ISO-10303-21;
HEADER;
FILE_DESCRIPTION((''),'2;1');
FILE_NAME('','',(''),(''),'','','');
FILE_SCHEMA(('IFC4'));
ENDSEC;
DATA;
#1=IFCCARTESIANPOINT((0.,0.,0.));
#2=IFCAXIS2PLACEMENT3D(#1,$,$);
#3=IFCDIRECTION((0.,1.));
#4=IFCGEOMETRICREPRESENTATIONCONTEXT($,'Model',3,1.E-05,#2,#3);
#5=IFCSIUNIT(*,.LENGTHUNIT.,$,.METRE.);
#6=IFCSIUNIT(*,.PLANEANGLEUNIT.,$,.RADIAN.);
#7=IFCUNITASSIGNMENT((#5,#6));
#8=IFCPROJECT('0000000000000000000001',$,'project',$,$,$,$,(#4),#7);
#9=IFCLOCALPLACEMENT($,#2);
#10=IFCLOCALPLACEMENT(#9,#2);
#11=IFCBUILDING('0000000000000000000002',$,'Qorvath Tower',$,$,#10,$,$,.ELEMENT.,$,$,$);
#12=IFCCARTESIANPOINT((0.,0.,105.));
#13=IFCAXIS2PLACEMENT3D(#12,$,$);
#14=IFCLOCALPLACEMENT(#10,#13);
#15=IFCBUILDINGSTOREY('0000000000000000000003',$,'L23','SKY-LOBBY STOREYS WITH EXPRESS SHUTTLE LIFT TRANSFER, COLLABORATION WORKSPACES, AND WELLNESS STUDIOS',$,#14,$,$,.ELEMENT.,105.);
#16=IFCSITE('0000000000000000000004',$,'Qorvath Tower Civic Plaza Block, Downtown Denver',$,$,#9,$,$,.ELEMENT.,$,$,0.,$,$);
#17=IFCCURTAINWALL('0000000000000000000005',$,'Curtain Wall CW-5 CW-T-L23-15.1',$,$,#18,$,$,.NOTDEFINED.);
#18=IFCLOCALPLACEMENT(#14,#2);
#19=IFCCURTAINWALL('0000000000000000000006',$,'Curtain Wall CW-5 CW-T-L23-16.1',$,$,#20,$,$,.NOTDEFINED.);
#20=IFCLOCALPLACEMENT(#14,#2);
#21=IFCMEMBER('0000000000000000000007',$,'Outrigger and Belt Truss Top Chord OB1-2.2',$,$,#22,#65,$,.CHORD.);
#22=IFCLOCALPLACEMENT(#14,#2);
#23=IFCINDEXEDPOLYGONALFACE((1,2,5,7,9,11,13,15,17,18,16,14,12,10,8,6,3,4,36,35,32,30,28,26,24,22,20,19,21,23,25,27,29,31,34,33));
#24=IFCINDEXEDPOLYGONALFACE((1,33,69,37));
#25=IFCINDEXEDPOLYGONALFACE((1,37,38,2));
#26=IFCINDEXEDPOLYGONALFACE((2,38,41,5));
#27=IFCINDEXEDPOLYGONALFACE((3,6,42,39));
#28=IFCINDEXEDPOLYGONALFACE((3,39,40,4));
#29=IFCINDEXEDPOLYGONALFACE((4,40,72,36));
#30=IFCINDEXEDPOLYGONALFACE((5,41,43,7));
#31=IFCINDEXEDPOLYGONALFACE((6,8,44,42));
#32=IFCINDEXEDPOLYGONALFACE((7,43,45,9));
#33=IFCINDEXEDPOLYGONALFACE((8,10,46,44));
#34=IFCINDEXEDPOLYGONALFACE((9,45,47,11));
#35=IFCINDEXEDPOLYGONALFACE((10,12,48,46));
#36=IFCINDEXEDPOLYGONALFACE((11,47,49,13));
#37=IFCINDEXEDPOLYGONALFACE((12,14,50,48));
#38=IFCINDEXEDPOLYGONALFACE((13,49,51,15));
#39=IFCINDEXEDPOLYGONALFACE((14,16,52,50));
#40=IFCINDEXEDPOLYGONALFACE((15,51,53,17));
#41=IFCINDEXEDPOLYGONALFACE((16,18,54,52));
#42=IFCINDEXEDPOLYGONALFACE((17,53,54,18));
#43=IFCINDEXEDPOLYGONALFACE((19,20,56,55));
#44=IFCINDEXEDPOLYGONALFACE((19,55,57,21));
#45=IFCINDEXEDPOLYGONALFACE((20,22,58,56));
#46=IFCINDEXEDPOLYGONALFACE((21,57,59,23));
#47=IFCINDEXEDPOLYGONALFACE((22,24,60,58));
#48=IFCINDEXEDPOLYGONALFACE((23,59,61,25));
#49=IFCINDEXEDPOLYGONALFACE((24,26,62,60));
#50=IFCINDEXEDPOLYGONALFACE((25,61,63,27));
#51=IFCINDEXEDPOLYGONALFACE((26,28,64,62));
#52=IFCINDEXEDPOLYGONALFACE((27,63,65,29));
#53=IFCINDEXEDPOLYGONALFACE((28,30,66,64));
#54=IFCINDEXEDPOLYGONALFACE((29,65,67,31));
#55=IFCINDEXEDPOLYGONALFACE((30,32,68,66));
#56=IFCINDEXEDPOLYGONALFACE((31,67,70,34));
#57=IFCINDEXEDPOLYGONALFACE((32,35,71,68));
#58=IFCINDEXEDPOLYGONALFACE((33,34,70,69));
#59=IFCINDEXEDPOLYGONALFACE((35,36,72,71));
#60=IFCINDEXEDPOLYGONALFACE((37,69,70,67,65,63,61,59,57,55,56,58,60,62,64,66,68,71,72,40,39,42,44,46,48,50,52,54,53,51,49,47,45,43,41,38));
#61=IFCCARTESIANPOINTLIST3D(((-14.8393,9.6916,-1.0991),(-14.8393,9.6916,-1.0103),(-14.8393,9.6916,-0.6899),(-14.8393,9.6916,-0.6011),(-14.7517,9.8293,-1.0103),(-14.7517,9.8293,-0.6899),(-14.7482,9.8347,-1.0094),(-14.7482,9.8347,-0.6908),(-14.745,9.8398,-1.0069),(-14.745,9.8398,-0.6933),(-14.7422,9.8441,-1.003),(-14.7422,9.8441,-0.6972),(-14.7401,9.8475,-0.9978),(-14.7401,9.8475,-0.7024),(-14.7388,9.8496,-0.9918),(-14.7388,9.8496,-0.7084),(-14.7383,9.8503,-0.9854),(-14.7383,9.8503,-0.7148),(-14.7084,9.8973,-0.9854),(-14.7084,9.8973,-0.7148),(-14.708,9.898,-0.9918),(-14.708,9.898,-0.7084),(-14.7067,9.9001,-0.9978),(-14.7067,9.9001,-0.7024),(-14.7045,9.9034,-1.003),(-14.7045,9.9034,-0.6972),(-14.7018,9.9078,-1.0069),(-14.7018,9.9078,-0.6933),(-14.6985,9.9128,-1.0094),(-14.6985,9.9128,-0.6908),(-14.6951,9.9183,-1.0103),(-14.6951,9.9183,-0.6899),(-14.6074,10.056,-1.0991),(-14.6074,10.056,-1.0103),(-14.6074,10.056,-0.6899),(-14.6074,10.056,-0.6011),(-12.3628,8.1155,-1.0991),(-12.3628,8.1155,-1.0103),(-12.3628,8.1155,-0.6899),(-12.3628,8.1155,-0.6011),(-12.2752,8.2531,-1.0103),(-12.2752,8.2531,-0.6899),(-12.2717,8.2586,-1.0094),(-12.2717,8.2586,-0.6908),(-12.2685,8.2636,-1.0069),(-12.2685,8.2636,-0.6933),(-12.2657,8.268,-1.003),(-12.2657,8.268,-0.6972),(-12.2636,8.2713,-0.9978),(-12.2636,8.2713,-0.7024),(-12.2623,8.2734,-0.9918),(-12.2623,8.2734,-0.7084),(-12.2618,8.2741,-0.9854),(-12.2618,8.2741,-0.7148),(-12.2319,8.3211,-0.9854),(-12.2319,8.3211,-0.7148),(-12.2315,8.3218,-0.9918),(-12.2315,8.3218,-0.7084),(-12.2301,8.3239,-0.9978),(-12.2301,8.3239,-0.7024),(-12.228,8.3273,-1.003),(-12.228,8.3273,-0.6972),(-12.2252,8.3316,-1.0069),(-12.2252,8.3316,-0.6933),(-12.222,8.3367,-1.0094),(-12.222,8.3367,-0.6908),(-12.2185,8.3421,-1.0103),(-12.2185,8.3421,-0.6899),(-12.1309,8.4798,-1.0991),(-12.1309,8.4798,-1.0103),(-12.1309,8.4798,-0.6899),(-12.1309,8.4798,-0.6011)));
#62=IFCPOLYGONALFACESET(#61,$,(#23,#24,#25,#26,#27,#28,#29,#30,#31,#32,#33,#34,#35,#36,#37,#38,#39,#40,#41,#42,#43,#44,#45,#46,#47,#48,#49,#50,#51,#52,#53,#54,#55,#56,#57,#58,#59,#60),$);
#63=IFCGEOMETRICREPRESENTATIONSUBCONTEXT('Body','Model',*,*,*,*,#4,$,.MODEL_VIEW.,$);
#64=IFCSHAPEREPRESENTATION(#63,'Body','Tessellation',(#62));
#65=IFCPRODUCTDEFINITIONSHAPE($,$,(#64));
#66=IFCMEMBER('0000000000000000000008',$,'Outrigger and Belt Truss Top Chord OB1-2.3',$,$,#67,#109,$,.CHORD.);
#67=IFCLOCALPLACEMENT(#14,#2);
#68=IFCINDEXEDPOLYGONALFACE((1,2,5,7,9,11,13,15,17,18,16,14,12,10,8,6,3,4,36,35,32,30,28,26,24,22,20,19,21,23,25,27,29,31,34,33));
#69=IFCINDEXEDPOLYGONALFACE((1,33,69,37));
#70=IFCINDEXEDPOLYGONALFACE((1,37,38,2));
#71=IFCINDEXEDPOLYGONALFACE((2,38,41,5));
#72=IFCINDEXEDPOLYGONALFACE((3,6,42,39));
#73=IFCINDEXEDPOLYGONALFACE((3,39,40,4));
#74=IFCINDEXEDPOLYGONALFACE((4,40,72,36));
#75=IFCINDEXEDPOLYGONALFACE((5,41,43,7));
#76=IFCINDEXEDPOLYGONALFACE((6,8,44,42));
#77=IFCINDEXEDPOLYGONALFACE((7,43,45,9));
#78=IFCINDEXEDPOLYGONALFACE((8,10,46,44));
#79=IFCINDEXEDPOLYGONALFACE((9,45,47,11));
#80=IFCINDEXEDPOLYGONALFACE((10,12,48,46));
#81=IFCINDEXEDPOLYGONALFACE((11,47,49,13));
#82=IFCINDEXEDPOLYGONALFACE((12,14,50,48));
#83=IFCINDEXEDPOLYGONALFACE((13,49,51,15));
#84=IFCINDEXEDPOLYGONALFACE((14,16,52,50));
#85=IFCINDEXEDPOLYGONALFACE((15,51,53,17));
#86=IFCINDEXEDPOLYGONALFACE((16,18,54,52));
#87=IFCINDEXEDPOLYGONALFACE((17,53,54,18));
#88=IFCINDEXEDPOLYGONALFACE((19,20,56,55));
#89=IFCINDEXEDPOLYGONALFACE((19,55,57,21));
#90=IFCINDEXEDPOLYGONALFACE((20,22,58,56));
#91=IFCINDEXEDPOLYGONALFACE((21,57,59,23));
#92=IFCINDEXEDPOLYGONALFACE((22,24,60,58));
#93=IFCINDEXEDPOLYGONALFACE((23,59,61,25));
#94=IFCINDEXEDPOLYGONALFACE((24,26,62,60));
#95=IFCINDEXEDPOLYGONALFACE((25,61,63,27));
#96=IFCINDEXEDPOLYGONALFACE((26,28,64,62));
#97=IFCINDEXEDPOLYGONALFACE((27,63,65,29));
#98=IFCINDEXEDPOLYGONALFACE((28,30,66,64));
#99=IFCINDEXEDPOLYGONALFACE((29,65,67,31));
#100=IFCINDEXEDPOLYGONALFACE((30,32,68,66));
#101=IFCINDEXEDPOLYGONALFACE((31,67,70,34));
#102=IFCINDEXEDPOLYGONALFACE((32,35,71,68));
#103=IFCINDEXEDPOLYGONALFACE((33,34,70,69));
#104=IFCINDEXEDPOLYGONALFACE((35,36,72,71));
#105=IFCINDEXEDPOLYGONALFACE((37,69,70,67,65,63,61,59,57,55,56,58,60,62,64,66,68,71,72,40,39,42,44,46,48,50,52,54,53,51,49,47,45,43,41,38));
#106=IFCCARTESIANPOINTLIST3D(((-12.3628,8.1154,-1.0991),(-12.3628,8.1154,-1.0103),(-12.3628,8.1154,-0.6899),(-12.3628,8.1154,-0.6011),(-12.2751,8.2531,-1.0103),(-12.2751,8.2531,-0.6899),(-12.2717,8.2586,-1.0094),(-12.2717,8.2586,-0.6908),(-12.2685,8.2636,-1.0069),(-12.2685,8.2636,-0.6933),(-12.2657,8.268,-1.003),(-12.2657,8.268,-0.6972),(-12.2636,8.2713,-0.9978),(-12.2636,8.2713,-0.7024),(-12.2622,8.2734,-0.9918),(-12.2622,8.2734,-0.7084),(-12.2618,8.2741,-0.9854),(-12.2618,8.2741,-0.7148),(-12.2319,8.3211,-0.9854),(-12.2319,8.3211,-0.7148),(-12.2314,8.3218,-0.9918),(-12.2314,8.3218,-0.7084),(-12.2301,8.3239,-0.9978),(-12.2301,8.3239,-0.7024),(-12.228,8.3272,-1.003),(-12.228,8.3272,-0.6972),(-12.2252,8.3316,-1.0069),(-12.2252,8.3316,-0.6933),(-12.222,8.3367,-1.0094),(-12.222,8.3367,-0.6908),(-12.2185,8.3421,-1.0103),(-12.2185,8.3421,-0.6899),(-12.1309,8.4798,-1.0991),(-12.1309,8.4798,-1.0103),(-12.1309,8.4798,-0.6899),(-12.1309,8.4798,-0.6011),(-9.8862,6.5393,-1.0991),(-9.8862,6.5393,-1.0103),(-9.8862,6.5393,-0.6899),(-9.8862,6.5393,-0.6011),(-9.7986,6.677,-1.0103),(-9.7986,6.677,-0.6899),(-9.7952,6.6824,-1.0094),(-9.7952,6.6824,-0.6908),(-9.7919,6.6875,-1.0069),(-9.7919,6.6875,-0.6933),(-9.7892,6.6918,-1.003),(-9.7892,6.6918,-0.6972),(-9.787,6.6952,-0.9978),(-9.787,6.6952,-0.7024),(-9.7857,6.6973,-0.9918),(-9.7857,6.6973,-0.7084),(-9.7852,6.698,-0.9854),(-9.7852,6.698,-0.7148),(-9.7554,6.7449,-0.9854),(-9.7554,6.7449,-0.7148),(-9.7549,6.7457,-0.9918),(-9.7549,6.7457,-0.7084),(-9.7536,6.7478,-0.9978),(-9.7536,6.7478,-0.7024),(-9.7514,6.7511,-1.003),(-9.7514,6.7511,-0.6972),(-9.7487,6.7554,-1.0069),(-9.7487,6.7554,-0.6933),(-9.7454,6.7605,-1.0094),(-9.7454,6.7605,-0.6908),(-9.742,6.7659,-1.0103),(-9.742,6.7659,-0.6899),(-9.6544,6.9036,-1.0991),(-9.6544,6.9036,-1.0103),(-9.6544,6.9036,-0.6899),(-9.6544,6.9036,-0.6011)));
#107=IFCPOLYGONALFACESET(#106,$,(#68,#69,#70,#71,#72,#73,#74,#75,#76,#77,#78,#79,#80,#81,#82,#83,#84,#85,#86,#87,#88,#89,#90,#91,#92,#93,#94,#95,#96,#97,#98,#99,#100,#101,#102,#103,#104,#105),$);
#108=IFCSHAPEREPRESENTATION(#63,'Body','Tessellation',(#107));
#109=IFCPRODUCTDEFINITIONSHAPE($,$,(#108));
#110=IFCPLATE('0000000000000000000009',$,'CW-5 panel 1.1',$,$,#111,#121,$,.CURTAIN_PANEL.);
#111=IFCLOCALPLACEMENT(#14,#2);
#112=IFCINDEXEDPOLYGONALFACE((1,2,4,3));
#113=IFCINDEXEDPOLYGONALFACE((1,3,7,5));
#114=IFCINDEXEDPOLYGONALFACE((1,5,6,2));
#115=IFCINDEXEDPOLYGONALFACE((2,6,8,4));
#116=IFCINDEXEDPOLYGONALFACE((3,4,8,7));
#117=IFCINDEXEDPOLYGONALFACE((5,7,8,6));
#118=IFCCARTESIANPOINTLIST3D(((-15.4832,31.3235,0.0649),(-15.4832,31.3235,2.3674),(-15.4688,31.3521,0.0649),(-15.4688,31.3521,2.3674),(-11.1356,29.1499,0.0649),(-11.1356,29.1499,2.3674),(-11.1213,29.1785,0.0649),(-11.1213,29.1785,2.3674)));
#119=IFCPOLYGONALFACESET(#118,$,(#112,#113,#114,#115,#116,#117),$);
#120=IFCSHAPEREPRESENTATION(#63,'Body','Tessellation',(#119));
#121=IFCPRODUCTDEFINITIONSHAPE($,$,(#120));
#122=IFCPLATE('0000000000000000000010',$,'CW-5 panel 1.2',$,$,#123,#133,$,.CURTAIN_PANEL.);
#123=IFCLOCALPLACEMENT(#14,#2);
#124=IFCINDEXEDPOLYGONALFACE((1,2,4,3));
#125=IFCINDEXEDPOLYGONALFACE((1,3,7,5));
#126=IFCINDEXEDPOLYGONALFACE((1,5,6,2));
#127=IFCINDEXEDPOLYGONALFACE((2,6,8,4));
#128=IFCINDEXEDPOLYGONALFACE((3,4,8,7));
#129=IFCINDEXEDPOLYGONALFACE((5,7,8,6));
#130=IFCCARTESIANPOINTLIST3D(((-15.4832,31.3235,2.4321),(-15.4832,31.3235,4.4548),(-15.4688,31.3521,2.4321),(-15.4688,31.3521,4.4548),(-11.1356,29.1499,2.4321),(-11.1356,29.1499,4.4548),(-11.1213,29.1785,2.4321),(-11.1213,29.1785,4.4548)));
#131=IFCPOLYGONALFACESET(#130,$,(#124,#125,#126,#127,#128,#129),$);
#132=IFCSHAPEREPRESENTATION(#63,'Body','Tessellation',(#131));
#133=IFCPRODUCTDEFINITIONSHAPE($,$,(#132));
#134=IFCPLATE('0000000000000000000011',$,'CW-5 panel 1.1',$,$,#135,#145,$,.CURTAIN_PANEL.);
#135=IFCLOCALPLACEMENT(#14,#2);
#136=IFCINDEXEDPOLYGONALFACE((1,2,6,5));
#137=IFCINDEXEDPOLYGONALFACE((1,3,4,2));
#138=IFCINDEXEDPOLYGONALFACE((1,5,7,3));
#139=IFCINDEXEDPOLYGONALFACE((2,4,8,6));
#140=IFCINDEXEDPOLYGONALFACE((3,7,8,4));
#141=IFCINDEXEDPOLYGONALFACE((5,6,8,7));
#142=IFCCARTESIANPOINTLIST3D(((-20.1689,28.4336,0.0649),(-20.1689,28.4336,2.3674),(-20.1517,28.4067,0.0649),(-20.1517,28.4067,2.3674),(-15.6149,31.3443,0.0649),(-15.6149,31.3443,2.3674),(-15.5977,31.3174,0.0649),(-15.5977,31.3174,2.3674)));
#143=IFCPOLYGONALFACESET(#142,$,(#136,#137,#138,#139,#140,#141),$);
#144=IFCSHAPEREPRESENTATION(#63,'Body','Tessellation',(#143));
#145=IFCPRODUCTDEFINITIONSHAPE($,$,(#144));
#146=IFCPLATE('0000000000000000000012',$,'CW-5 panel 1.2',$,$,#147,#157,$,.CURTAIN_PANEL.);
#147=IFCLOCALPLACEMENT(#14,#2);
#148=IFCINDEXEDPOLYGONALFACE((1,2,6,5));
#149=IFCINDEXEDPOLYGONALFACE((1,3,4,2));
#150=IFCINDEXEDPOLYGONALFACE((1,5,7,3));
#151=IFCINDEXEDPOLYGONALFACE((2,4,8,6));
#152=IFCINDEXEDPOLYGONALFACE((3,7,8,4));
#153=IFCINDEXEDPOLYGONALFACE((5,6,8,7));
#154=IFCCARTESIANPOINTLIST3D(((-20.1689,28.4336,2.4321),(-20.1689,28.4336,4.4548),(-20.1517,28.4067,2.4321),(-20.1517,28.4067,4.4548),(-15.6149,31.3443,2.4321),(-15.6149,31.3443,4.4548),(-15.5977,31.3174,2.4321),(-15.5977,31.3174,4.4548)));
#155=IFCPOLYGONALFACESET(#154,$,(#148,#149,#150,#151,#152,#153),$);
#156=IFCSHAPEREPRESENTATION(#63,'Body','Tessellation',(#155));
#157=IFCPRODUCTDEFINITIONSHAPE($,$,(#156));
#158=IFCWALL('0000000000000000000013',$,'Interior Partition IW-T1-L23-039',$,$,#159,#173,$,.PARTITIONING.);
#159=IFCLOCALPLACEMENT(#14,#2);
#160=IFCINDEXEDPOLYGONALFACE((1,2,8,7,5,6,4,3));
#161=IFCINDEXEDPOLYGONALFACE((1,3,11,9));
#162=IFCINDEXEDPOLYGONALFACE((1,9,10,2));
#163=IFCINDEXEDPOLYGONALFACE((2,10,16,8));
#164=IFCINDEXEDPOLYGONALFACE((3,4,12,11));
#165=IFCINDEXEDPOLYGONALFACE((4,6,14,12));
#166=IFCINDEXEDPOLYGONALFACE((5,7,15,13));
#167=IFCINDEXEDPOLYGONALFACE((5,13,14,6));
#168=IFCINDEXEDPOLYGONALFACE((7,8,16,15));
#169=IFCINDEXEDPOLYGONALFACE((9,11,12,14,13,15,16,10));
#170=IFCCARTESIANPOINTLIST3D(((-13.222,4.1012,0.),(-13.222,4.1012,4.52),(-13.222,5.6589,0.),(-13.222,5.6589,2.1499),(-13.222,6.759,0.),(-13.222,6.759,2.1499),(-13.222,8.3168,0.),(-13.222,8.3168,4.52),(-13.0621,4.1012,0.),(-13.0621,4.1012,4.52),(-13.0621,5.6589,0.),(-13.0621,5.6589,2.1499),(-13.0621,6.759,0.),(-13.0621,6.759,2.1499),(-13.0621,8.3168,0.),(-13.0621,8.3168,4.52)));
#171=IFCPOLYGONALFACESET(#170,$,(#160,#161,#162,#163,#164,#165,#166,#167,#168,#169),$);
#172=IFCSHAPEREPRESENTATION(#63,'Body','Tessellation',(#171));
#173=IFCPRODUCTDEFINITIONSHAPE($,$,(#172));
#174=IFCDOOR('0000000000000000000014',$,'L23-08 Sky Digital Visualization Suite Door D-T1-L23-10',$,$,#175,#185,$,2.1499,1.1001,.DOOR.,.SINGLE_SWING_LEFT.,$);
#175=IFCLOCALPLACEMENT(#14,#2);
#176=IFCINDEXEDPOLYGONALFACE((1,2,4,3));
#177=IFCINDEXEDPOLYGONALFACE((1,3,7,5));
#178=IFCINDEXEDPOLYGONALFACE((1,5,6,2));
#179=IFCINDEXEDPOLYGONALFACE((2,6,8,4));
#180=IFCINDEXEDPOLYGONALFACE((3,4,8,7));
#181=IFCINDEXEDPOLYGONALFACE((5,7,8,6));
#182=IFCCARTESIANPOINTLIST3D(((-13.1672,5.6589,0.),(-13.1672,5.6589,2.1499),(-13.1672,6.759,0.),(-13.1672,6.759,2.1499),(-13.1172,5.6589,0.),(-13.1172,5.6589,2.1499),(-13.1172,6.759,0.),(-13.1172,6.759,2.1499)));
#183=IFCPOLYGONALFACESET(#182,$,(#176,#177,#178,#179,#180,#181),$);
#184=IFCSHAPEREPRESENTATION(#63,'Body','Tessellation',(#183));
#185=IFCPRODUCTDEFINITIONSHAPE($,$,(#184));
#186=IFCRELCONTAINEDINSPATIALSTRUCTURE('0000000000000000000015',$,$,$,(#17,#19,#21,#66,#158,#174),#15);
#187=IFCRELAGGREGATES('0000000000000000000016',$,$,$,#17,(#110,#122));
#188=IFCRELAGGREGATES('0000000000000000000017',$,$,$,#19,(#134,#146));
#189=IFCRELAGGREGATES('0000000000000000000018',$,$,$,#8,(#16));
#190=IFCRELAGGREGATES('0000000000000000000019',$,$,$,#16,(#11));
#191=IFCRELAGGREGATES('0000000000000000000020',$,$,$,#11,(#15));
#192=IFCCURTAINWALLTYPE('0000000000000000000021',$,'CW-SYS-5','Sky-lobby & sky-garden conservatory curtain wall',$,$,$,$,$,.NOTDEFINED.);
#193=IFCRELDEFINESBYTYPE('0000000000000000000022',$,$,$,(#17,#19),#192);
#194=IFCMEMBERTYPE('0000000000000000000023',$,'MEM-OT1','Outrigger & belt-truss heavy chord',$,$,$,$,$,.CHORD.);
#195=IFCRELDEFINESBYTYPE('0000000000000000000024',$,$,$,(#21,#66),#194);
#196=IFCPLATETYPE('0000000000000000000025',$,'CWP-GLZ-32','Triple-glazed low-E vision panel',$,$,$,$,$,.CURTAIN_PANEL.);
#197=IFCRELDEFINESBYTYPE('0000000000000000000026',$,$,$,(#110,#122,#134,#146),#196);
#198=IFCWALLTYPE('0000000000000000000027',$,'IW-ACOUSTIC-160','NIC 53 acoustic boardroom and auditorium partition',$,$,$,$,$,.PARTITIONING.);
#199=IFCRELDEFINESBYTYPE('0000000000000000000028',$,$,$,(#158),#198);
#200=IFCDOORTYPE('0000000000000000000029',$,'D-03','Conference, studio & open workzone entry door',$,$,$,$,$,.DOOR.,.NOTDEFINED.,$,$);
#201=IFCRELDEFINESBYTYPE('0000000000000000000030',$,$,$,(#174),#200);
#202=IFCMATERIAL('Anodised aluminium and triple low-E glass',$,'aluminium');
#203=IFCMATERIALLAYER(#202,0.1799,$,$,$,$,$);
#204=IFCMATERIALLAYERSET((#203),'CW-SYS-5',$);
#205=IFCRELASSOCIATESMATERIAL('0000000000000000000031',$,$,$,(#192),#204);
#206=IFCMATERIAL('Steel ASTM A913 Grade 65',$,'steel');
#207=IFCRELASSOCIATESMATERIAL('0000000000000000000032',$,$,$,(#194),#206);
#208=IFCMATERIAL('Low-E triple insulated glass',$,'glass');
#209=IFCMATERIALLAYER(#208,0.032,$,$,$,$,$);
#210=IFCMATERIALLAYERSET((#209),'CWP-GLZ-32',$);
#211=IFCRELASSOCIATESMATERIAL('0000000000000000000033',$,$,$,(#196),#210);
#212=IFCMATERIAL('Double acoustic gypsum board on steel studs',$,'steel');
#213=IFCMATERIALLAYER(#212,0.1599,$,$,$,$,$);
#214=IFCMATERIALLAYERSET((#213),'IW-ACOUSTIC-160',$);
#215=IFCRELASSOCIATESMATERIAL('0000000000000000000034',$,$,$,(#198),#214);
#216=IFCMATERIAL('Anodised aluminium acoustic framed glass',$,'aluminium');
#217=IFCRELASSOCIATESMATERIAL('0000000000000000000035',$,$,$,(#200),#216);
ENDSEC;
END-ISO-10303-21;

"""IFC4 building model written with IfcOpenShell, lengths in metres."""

from ifc_helpers import new_model, si_unit, direction, frame, frame_2d, origin, origin_2d, place, context, subcontext, project, spatial, rectangle, i_section, extrude, material, layer, layer_set, material_profile, profile_set, type_object, element, fill, aggregate, save


model = new_model("IFC4")

# Units and contexts
model_context = context("Model", 3, precision=1e-05, world=origin(), true_north=direction((0.0, 1.0)))
body_context = subcontext(model_context, "Body", "Model", "MODEL_VIEW")
ifc_project = project(units=[si_unit("LENGTHUNIT", "METRE"), si_unit("PLANEANGLEUNIT", "RADIAN")], contexts=[model_context])

# Site, building, storey
site_placement = place(None, origin())
site = spatial("IfcSite", under=ifc_project, at=site_placement, Name="Qorvath Tower Civic Plaza Block, Downtown Denver", CompositionType="ELEMENT", RefElevation=0.0)
building_placement = place(site_placement, origin())
building = spatial("IfcBuilding", under=site, at=building_placement, Name="Qorvath Tower", CompositionType="ELEMENT")
storey_placement = place(building_placement, frame((0.0, 0.0, 105.0)))
storey = spatial("IfcBuildingStorey", under=building, at=storey_placement, Name="L23", Description="SKY-LOBBY STOREYS WITH EXPRESS SHUTTLE LIFT TRANSFER, COLLABORATION WORKSPACES, AND WELLNESS STUDIOS", CompositionType="ELEMENT", Elevation=105.0)

# Curtain wall
ifc_material_1 = material(Name="Anodised aluminium and triple low-E glass", Category="aluminium")
ifc_layer_1 = layer(ifc_material_1, 0.1799)
ifc_layer_set_1 = layer_set([ifc_layer_1], Name="CW-SYS-5")
curtain_wall_type = type_object("IfcCurtainWallType", Name="CW-SYS-5", Description="Sky-lobby & sky-garden conservatory curtain wall", PredefinedType="NOTDEFINED", material=ifc_layer_set_1)
curtain_wall_1_placement = place(storey_placement, origin())
curtain_wall_1 = element("IfcCurtainWall", 1, at=curtain_wall_1_placement, inside=storey, type_object=curtain_wall_type, Name="Curtain Wall CW-5 CW-T-L23-15.1", PredefinedType="NOTDEFINED")

# Curtain wall
curtain_wall_2_placement = place(storey_placement, origin())
curtain_wall_2 = element("IfcCurtainWall", 2, at=curtain_wall_2_placement, inside=storey, type_object=curtain_wall_type, Name="Curtain Wall CW-5 CW-T-L23-16.1", PredefinedType="NOTDEFINED")

# Members
ifc_material_2 = material(Name="Steel ASTM A913 Grade 65", Category="steel")
ifc_material_profile_1 = material_profile(ifc_material_2, i_section(OverallWidth=0.4319, OverallDepth=0.498, WebThickness=0.0557, FlangeThickness=0.0889, FilletRadius=0.0249, at=origin_2d()), Name="W14x500")
ifc_profile_set_1 = profile_set([ifc_material_profile_1], Name="Steel ASTM A913 Grade 65")
member_type_1 = type_object("IfcMemberType", Name="MEM-OT1", Description="Outrigger & belt-truss heavy chord", PredefinedType="CHORD", material=ifc_profile_set_1)
for number, where, z_axis, x_axis, name in (
    (3, (-14.7234, 9.8738, -0.8501), (0.843634, -0.536919, 0.0), (0.536919, 0.843634, 0.0), "Outrigger and Belt Truss Top Chord OB1-2.2"),
    (4, (-12.2468, 8.2976, -0.8501), (0.843634, -0.536919, 0.0), (0.536919, 0.843634, 0.0), "Outrigger and Belt Truss Top Chord OB1-2.3"),
):
    element("IfcMember", number, at=place(storey_placement, frame(where, z_axis=z_axis, x_axis=x_axis)), inside=storey, type_object=member_type_1, Name=name, PredefinedType="CHORD", context=body_context, shape_type="SweptSolid", body=[
        extrude(i_section(OverallWidth=0.4319, OverallDepth=0.498, WebThickness=0.0557, FlangeThickness=0.0889, FilletRadius=0.0249, at=origin_2d()), origin(), (0.0, 0.0, 1.0), 2.9355),
    ])

# Plates
ifc_material_3 = material(Name="Low-E triple insulated glass", Category="glass")
ifc_layer_2 = layer(ifc_material_3, 0.032)
ifc_layer_set_2 = layer_set([ifc_layer_2], Name="CWP-GLZ-32")
plate_type = type_object("IfcPlateType", Name="CWP-GLZ-32", Description="Triple-glazed low-E vision panel", PredefinedType="CURTAIN_PANEL", material=ifc_layer_set_2)
plate_1_placement = place(storey_placement, frame((-13.3022, 30.251, 0.0649), z_axis=(0.0, 0.0, 1.0), x_axis=(-0.894439, 0.44719, 0.0)))
plate_1 = element("IfcPlate", 5, at=plate_1_placement, type_object=plate_type, Name="CW-5 panel 1.1", PredefinedType="CURTAIN_PANEL", context=body_context, shape_type="SweptSolid", body=[
    extrude(rectangle(XDim=4.8606, YDim=0.032, at=origin_2d()), origin(), (0.0, 0.0, 1.0), 2.3025),
])
plate_2_placement = place(storey_placement, frame((-13.3022, 30.251, 2.4321), z_axis=(0.0, 0.0, 1.0), x_axis=(-0.894439, 0.44719, 0.0)))
plate_2 = element("IfcPlate", 6, at=plate_2_placement, type_object=plate_type, Name="CW-5 panel 1.2", PredefinedType="CURTAIN_PANEL", context=body_context, shape_type="SweptSolid", body=[
    extrude(rectangle(XDim=4.8606, YDim=0.032, at=origin_2d()), origin(), (0.0, 0.0, 1.0), 2.0227),
])
aggregate(curtain_wall_1, [plate_1, plate_2])
plate_3_placement = place(storey_placement, frame((-17.8833, 29.8755, 0.0649), z_axis=(0.0, 0.0, 1.0), x_axis=(-0.8426, -0.53854, 0.0)))
plate_3 = element("IfcPlate", 7, at=plate_3_placement, type_object=plate_type, Name="CW-5 panel 1.1", PredefinedType="CURTAIN_PANEL", context=body_context, shape_type="SweptSolid", body=[
    extrude(rectangle(XDim=5.4048, YDim=0.032, at=origin_2d()), origin(), (0.0, 0.0, 1.0), 2.3025),
])
plate_4_placement = place(storey_placement, frame((-17.8833, 29.8755, 2.4321), z_axis=(0.0, 0.0, 1.0), x_axis=(-0.8426, -0.53854, 0.0)))
plate_4 = element("IfcPlate", 8, at=plate_4_placement, type_object=plate_type, Name="CW-5 panel 1.2", PredefinedType="CURTAIN_PANEL", context=body_context, shape_type="SweptSolid", body=[
    extrude(rectangle(XDim=5.4048, YDim=0.032, at=origin_2d()), origin(), (0.0, 0.0, 1.0), 2.0227),
])
aggregate(curtain_wall_2, [plate_3, plate_4])

# Wall, opening, door
ifc_material_4 = material(Name="Double acoustic gypsum board on steel studs", Category="steel")
ifc_layer_3 = layer(ifc_material_4, 0.1599)
ifc_layer_set_3 = layer_set([ifc_layer_3], Name="IW-ACOUSTIC-160")
wall_type_1 = type_object("IfcWallType", Name="IW-ACOUSTIC-160", Description="NIC 53 acoustic boardroom and auditorium partition", PredefinedType="PARTITIONING", material=ifc_layer_set_3)
wall_1_placement = place(storey_placement, frame((-13.1421, 8.3169, 0.0), z_axis=(0.0, 0.0, 1.0), x_axis=(0.0, -1.0, 0.0)))
wall_1 = element("IfcWall", 9, at=wall_1_placement, inside=storey, type_object=wall_type_1, Name="Interior Partition IW-T1-L23-039", PredefinedType="PARTITIONING", context=body_context, shape_type="SweptSolid", body=[
    extrude(rectangle(XDim=4.2156, YDim=0.1599, at=frame_2d((2.1079, 0.0))), origin(), (0.0, 0.0, 1.0), 4.52),
])
opening_placement = place(wall_1_placement, frame((1.5579, 0.0, 0.0)))
opening = element("IfcOpeningElement", 10, at=opening_placement, cuts=wall_1, PredefinedType="OPENING", context=body_context, shape_type="SweptSolid", body=[
    extrude(rectangle(XDim=1.1001, YDim=2.1499, at=frame_2d((0.55, 1.075))), frame((0.0, 0.0898, 0.0), z_axis=(0.0, -1.0, 0.0), x_axis=(1.0, 0.0, 0.0)), (0.0, 0.0, 1.0), 0.1799),
])
ifc_material_5 = material(Name="Anodised aluminium acoustic framed glass", Category="aluminium")
door_type = type_object("IfcDoorType", Name="D-03", Description="Conference, studio & open workzone entry door", OperationType="NOTDEFINED", PredefinedType="DOOR", material=ifc_material_5)
door_placement = place(opening_placement, origin())
door = element("IfcDoor", 11, at=door_placement, inside=storey, type_object=door_type, Name="L23-08 Sky Digital Visualization Suite Door D-T1-L23-10", OperationType="SINGLE_SWING_LEFT", OverallHeight=2.1499, OverallWidth=1.1001, PredefinedType="DOOR", context=body_context, shape_type="SweptSolid", body=[
    extrude(rectangle(XDim=1.1001, YDim=2.1499, at=frame_2d((0.55, 1.075))), frame((0.0, 0.0249, 0.0), z_axis=(0.0, -1.0, 0.0), x_axis=(1.0, 0.0, 0.0)), (0.0, 0.0, 1.0), 0.05),
])
fill(opening, door)

save(model, "model.ifc")
